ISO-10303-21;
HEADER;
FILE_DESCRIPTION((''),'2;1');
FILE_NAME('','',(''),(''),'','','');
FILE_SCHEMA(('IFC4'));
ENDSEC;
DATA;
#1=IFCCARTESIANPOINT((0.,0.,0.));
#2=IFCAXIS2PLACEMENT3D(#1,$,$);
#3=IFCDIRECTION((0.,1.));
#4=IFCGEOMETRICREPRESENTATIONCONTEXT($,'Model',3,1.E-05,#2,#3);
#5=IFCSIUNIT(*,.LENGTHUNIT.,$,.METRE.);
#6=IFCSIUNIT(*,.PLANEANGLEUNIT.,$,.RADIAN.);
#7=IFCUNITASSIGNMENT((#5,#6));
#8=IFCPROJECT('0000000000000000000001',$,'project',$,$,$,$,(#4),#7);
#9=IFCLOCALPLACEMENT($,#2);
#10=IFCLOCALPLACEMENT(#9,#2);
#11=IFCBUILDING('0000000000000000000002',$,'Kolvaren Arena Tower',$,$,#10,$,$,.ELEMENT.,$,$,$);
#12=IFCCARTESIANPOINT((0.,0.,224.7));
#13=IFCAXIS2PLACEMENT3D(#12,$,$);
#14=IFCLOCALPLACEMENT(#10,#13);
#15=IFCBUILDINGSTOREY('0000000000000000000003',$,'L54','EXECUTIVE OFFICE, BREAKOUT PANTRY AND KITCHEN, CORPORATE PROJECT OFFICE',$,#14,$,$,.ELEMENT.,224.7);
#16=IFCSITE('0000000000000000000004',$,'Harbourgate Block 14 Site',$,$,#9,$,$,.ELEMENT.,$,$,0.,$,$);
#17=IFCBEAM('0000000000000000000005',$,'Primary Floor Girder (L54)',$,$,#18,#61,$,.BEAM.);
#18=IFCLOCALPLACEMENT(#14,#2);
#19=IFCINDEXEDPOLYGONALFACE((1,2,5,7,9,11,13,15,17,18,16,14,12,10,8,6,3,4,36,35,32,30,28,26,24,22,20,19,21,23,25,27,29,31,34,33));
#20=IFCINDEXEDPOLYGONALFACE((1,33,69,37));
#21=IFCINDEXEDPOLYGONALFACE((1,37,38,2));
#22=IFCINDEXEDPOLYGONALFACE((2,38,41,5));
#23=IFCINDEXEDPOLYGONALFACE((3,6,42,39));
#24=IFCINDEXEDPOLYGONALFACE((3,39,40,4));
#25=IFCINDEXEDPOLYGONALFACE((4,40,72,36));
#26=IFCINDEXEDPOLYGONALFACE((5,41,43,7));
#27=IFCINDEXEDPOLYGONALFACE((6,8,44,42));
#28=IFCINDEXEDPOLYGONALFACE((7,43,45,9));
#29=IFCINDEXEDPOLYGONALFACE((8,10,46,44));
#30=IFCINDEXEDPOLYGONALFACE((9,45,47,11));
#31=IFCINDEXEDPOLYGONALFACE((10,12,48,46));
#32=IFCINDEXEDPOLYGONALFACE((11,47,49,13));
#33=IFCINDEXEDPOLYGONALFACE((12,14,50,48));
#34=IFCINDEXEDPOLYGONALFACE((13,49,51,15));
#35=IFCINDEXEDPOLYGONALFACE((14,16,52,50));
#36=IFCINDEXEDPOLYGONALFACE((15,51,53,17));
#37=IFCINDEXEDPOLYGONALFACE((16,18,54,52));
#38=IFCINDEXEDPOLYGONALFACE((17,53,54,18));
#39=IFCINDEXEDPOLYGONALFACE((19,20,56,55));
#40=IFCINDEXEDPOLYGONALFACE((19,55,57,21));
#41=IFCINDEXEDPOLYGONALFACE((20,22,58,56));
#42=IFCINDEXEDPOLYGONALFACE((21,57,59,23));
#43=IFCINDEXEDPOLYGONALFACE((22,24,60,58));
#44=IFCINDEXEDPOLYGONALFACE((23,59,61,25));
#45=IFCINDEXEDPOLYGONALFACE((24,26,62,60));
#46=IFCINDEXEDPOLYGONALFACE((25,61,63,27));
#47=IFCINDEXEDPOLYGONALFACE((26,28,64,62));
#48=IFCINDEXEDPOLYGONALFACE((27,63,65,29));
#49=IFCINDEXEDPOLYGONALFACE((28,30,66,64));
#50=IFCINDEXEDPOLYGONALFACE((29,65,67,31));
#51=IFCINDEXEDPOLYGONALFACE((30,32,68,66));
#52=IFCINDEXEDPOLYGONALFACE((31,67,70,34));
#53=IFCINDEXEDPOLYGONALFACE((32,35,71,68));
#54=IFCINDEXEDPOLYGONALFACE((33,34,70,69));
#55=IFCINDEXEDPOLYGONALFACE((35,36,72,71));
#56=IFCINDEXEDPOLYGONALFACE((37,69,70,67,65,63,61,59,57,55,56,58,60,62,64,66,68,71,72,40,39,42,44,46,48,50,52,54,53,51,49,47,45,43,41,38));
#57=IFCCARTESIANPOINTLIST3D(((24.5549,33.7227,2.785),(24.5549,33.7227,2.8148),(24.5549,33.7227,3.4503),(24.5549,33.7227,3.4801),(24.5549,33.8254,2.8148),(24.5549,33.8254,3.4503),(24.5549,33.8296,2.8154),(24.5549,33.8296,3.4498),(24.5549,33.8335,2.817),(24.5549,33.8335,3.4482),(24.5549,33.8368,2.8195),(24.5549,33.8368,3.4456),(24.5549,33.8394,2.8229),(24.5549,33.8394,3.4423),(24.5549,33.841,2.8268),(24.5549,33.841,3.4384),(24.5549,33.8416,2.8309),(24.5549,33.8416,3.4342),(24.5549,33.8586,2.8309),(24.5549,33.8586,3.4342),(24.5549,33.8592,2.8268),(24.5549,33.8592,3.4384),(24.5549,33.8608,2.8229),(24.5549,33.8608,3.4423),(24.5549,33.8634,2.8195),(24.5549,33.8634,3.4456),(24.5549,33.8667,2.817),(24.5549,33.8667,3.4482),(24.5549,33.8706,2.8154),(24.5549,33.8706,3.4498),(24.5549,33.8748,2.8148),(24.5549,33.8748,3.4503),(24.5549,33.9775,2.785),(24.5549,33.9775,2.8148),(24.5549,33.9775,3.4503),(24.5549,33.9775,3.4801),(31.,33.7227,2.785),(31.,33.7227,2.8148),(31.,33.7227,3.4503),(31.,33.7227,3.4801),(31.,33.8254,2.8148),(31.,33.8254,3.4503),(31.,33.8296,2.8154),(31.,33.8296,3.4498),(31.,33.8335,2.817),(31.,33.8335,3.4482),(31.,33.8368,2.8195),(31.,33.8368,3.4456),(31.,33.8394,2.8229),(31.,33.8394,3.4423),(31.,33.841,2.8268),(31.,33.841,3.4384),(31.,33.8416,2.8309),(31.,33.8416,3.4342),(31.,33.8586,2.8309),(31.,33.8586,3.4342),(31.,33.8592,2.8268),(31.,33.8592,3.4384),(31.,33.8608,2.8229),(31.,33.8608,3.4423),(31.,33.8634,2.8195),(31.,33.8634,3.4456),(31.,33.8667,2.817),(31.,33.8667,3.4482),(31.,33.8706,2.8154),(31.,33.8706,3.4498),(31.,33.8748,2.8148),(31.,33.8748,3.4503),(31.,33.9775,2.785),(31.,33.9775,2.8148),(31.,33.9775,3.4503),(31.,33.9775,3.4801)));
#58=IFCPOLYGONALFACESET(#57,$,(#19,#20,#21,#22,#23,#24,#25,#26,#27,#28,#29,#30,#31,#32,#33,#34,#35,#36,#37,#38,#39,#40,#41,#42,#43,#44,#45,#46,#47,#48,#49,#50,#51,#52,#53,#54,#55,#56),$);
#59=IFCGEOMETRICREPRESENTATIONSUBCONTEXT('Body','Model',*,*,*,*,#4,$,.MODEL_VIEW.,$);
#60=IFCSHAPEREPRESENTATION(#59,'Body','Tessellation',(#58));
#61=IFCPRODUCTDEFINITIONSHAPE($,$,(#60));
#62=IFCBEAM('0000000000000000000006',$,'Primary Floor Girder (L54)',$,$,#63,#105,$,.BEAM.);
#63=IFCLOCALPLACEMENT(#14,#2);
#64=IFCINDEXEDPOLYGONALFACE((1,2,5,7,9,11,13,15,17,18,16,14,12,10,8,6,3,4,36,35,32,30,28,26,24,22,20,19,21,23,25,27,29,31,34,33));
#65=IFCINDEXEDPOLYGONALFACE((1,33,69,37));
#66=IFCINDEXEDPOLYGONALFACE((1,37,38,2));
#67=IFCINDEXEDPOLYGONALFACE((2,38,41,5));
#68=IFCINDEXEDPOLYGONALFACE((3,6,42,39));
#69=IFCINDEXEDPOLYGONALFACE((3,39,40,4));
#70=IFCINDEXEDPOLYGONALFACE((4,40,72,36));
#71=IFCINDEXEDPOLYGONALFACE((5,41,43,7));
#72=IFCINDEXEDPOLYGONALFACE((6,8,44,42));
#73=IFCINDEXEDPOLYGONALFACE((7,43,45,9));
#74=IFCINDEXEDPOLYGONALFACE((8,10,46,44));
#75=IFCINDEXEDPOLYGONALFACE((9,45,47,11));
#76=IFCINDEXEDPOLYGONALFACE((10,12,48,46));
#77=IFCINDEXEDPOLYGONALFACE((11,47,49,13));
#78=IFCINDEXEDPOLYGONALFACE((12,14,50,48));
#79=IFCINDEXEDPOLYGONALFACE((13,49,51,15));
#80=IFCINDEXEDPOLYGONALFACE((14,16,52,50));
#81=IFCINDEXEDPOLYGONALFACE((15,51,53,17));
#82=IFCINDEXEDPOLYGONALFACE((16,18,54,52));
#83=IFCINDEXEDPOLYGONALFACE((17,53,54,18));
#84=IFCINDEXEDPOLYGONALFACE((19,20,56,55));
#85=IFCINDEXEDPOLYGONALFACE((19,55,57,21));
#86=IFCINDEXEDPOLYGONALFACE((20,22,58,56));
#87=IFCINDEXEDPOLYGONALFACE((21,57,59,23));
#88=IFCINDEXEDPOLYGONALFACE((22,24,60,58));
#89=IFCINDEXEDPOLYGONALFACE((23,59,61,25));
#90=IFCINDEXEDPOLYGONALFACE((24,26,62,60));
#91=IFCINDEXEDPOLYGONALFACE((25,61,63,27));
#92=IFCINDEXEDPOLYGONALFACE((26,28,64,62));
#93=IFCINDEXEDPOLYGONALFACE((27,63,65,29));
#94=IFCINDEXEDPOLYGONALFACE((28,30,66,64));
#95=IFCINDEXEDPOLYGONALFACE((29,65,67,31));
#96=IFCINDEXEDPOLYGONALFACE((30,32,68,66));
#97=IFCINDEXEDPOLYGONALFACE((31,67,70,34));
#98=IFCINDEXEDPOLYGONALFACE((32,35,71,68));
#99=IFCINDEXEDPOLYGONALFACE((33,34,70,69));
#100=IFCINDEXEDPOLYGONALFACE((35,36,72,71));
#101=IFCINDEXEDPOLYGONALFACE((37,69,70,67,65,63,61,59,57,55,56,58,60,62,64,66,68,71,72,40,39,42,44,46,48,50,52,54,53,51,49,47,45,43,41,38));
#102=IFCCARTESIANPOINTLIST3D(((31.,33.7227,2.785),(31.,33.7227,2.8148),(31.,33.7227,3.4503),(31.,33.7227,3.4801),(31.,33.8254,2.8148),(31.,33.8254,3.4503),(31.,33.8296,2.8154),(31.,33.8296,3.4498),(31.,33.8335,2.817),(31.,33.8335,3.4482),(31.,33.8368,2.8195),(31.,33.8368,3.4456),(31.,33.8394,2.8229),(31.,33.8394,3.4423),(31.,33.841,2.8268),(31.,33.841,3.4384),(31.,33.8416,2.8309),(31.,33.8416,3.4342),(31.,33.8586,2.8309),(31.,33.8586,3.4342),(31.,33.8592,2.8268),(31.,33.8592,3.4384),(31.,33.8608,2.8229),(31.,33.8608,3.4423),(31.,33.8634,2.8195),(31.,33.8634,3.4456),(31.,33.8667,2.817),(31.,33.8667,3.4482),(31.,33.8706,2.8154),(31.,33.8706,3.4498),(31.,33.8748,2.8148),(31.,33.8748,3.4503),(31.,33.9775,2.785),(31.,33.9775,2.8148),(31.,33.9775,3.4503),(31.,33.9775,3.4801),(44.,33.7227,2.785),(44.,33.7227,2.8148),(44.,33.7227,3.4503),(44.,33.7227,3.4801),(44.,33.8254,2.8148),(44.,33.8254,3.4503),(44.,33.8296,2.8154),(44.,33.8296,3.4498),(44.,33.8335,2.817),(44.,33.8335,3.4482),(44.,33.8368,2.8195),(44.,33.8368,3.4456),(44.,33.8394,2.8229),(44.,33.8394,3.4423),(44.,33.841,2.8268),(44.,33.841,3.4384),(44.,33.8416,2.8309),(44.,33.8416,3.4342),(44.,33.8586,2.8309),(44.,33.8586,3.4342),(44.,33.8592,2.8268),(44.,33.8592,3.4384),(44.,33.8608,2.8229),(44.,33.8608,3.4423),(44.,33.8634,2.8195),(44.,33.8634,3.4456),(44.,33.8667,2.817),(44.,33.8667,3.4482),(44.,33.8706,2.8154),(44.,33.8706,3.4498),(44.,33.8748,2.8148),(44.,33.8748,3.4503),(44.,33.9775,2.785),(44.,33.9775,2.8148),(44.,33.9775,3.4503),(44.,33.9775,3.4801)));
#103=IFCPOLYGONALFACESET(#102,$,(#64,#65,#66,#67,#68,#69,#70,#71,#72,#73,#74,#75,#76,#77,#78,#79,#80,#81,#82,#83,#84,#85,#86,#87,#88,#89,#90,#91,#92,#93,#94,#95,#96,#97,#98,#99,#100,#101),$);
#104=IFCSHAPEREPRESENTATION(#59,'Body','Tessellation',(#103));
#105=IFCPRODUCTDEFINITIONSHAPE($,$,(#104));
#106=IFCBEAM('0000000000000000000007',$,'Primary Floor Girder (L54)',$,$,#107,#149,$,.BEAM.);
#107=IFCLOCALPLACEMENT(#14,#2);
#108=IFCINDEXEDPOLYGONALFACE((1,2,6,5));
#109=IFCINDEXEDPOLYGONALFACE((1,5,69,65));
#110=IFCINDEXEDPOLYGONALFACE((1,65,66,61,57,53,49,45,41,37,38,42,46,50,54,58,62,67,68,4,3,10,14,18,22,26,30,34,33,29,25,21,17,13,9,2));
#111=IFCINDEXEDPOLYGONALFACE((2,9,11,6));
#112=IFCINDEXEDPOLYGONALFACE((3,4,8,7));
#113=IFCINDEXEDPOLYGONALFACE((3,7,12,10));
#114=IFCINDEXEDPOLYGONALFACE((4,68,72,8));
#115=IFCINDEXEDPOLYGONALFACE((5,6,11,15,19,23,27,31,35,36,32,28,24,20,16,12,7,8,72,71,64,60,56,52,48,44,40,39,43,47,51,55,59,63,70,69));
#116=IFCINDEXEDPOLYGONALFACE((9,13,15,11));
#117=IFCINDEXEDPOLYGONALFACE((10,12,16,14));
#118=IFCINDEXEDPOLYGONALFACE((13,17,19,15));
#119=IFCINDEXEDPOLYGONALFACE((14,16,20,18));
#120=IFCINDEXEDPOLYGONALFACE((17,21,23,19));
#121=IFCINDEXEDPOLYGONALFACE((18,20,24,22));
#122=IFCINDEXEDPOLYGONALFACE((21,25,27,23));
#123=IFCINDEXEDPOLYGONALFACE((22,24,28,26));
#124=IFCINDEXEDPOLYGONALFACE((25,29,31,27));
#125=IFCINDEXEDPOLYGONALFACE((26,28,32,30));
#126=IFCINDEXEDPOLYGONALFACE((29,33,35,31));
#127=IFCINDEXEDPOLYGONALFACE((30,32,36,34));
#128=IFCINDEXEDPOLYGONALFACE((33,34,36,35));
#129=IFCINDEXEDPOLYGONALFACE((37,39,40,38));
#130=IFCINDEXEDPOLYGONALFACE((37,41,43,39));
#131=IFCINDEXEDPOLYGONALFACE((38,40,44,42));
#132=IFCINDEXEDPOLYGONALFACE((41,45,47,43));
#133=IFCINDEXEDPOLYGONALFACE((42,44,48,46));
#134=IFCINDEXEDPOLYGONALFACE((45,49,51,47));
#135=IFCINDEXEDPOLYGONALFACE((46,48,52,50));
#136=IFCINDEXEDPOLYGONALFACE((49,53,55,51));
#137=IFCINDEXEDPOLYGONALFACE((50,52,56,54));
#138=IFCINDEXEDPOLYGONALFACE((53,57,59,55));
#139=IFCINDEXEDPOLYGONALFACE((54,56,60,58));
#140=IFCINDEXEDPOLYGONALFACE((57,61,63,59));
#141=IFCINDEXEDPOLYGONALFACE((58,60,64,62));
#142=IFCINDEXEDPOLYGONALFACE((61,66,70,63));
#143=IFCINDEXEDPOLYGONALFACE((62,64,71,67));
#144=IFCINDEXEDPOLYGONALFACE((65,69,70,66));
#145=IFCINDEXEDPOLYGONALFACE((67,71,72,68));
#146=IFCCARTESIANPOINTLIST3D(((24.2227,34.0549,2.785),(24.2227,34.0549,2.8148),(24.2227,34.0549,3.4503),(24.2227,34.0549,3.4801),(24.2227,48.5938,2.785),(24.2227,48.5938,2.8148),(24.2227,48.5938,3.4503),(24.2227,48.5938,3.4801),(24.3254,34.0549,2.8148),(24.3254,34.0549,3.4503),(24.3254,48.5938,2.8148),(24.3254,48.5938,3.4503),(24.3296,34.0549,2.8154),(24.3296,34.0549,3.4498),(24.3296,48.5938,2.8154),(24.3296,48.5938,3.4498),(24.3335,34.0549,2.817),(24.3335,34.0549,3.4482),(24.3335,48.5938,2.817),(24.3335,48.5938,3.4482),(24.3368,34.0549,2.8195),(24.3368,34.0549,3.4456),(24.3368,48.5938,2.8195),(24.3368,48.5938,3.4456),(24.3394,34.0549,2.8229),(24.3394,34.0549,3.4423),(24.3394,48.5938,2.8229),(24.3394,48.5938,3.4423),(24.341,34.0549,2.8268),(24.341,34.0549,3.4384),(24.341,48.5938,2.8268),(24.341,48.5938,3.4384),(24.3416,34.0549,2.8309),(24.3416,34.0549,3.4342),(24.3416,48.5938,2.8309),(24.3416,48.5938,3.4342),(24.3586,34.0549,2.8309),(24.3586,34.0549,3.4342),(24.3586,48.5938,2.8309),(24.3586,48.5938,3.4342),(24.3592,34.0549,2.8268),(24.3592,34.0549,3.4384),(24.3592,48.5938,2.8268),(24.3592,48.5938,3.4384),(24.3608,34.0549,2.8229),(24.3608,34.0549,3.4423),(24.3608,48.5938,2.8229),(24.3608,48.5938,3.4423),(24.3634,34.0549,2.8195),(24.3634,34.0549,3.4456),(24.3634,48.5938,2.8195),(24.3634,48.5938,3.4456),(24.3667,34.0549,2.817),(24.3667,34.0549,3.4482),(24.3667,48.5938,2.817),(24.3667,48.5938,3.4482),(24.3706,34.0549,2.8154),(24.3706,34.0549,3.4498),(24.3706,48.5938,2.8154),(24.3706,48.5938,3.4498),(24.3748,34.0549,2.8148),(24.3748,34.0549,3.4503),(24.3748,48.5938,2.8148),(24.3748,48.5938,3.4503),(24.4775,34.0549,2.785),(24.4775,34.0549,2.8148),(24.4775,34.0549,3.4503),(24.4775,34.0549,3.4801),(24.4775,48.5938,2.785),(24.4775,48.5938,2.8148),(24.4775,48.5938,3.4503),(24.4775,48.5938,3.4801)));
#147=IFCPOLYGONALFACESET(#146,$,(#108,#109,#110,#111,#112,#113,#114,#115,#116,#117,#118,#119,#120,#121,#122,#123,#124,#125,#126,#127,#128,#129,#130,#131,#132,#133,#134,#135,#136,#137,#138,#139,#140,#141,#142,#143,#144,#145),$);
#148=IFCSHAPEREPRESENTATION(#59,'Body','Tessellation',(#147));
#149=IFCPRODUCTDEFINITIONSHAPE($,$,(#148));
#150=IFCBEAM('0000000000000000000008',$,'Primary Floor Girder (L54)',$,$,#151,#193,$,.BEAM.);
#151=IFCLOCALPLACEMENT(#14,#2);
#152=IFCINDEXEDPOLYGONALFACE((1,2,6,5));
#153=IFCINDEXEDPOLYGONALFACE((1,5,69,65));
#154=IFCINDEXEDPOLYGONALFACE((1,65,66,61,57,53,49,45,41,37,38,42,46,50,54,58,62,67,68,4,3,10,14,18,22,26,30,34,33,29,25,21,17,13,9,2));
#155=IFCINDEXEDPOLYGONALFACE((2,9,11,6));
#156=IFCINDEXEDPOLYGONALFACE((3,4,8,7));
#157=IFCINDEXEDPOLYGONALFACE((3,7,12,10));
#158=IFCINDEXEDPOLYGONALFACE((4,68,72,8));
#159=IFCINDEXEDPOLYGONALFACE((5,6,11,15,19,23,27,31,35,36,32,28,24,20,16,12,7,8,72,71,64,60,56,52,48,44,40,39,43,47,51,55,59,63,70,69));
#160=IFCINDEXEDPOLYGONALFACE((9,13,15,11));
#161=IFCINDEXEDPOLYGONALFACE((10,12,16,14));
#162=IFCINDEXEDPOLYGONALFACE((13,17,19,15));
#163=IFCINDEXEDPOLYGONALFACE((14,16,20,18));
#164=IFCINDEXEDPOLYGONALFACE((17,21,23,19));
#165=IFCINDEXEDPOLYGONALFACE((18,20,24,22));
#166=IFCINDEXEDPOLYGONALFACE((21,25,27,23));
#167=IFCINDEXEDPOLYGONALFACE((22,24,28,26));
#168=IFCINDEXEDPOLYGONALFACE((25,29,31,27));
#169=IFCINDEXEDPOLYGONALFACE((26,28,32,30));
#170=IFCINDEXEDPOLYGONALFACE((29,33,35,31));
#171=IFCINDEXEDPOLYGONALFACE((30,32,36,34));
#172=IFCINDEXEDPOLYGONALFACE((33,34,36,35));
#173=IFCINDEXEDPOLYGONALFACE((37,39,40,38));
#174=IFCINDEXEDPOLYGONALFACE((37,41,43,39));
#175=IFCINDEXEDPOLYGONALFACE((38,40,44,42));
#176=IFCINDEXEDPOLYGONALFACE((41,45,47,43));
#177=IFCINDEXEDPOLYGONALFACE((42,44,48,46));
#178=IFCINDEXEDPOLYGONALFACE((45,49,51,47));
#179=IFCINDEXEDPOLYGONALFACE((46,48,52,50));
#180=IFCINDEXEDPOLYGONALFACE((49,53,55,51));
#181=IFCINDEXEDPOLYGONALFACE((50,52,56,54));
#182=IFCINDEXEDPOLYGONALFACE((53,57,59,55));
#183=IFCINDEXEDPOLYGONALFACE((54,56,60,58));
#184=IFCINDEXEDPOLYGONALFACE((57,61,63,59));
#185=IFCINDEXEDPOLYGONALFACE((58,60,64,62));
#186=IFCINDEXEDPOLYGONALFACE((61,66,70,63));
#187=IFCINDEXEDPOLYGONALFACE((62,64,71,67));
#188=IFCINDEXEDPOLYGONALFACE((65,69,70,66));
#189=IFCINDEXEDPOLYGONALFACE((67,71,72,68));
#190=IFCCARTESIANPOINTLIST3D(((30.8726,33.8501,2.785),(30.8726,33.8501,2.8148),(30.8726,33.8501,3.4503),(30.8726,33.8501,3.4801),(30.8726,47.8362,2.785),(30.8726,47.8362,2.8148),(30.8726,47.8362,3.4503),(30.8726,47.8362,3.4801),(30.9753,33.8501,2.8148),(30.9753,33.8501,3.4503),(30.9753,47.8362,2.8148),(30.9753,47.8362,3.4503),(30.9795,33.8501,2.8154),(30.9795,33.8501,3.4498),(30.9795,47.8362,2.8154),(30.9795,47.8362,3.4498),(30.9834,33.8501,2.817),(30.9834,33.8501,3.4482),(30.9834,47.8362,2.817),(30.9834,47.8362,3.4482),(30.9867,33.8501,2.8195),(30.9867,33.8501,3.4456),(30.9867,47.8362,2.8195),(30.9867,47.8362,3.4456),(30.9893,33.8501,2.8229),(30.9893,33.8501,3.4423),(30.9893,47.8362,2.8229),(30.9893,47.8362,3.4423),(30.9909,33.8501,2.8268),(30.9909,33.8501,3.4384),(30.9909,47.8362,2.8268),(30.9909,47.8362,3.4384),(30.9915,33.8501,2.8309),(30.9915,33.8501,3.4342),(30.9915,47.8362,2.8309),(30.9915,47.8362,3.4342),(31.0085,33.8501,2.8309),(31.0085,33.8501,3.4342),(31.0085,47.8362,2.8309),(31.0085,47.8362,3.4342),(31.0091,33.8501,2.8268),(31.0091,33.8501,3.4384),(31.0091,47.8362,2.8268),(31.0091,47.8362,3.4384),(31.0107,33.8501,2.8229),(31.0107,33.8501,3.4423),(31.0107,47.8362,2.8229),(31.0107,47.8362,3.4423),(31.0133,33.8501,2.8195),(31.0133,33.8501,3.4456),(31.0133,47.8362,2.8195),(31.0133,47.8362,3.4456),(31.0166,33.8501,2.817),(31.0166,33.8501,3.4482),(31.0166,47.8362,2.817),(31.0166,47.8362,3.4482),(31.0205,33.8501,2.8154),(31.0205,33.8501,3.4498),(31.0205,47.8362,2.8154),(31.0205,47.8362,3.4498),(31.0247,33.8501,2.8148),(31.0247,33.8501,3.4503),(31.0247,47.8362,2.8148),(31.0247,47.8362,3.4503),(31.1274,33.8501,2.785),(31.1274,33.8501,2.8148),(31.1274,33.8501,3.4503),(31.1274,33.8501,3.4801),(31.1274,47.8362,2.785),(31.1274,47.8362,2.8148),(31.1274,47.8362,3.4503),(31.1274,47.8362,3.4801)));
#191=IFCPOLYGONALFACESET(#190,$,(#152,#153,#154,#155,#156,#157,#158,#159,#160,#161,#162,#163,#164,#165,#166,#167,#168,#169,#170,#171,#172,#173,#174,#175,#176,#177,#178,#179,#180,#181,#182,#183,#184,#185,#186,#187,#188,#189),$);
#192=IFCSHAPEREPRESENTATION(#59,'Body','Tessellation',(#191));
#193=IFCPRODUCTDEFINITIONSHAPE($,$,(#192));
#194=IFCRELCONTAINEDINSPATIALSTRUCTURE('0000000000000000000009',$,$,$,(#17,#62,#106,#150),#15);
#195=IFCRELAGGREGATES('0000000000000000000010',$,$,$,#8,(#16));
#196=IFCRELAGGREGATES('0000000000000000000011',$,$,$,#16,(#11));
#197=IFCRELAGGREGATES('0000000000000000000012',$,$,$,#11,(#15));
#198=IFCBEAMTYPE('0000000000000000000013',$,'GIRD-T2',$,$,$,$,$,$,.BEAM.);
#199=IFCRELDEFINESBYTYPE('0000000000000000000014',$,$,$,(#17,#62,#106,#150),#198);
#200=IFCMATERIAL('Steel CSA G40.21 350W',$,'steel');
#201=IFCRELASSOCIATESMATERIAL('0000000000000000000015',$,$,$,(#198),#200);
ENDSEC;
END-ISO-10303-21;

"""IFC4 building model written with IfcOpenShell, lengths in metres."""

from ifc_helpers import new_model, si_unit, direction, frame, origin, origin_2d, place, context, subcontext, project, spatial, i_section, extrude, material, material_profile, profile_set, type_object, element, save


model = new_model("IFC4")

# Units and contexts
model_context = context("Model", 3, precision=1e-05, world=origin(), true_north=direction((0.0, 1.0)))
body_context = subcontext(model_context, "Body", "Model", "MODEL_VIEW")
ifc_project = project(units=[si_unit("LENGTHUNIT", "METRE"), si_unit("PLANEANGLEUNIT", "RADIAN")], contexts=[model_context])

# Site, building, storey
site_placement = place(None, origin())
site = spatial("IfcSite", under=ifc_project, at=site_placement, Name="Harbourgate Block 14 Site", CompositionType="ELEMENT", RefElevation=0.0)
building_placement = place(site_placement, origin())
building = spatial("IfcBuilding", under=site, at=building_placement, Name="Kolvaren Arena Tower", CompositionType="ELEMENT")
storey_placement = place(building_placement, frame((0.0, 0.0, 224.7)))
storey = spatial("IfcBuildingStorey", under=building, at=storey_placement, Name="L54", Description="EXECUTIVE OFFICE, BREAKOUT PANTRY AND KITCHEN, CORPORATE PROJECT OFFICE", CompositionType="ELEMENT", Elevation=224.7)

# Beams
ifc_material_1 = material(Name="Steel CSA G40.21 350W", Category="steel")
ifc_material_profile_1 = material_profile(ifc_material_1, i_section(OverallWidth=0.2549, OverallDepth=0.6951, WebThickness=0.0171, FlangeThickness=0.0298, FilletRadius=0.0161, at=origin_2d()), Name="W690x217")
ifc_profile_set_1 = profile_set([ifc_material_profile_1], Name="Steel CSA G40.21 350W")
beam_type_1 = type_object("IfcBeamType", Name="GIRD-T2", PredefinedType="BEAM", material=ifc_profile_set_1)
beam_1_placement = place(storey_placement, frame((24.5549, 33.8501, 3.1326), z_axis=(1.0, 0.0, 0.0), x_axis=(0.0, 1.0, 0.0)))
element("IfcBeam", 1, at=beam_1_placement, inside=storey, type_object=beam_type_1, Name="Primary Floor Girder (L54)", PredefinedType="BEAM", context=body_context, shape_type="SweptSolid", body=[
    extrude(i_section(OverallWidth=0.2549, OverallDepth=0.6951, WebThickness=0.0171, FlangeThickness=0.0298, FilletRadius=0.0161, at=origin_2d()), origin(), (0.0, 0.0, 1.0), 6.4451),
])
beam_2_placement = place(storey_placement, frame((31.0, 33.8501, 3.1326), z_axis=(1.0, 0.0, 0.0), x_axis=(0.0, 1.0, 0.0)))
element("IfcBeam", 2, at=beam_2_placement, inside=storey, type_object=beam_type_1, Name="Primary Floor Girder (L54)", PredefinedType="BEAM", context=body_context, shape_type="SweptSolid", body=[
    extrude(i_section(OverallWidth=0.2549, OverallDepth=0.6951, WebThickness=0.0171, FlangeThickness=0.0298, FilletRadius=0.0161, at=origin_2d()), origin(), (0.0, 0.0, 1.0), 13.0),
])
beam_3_placement = place(storey_placement, frame((24.3501, 34.0549, 3.1326), z_axis=(0.0, 1.0, 0.0), x_axis=(-1.0, 0.0, 0.0)))
element("IfcBeam", 3, at=beam_3_placement, inside=storey, type_object=beam_type_1, Name="Primary Floor Girder (L54)", PredefinedType="BEAM", context=body_context, shape_type="SweptSolid", body=[
    extrude(i_section(OverallWidth=0.2549, OverallDepth=0.6951, WebThickness=0.0171, FlangeThickness=0.0298, FilletRadius=0.0161, at=origin_2d()), origin(), (0.0, 0.0, 1.0), 14.5388),
])
beam_4_placement = place(storey_placement, frame((31.0, 33.8501, 3.1326), z_axis=(0.0, 1.0, 0.0), x_axis=(-1.0, 0.0, 0.0)))
element("IfcBeam", 4, at=beam_4_placement, inside=storey, type_object=beam_type_1, Name="Primary Floor Girder (L54)", PredefinedType="BEAM", context=body_context, shape_type="SweptSolid", body=[
    extrude(i_section(OverallWidth=0.2549, OverallDepth=0.6951, WebThickness=0.0171, FlangeThickness=0.0298, FilletRadius=0.0161, at=origin_2d()), origin(), (0.0, 0.0, 1.0), 13.9861),
])

save(model, "model.ifc")
